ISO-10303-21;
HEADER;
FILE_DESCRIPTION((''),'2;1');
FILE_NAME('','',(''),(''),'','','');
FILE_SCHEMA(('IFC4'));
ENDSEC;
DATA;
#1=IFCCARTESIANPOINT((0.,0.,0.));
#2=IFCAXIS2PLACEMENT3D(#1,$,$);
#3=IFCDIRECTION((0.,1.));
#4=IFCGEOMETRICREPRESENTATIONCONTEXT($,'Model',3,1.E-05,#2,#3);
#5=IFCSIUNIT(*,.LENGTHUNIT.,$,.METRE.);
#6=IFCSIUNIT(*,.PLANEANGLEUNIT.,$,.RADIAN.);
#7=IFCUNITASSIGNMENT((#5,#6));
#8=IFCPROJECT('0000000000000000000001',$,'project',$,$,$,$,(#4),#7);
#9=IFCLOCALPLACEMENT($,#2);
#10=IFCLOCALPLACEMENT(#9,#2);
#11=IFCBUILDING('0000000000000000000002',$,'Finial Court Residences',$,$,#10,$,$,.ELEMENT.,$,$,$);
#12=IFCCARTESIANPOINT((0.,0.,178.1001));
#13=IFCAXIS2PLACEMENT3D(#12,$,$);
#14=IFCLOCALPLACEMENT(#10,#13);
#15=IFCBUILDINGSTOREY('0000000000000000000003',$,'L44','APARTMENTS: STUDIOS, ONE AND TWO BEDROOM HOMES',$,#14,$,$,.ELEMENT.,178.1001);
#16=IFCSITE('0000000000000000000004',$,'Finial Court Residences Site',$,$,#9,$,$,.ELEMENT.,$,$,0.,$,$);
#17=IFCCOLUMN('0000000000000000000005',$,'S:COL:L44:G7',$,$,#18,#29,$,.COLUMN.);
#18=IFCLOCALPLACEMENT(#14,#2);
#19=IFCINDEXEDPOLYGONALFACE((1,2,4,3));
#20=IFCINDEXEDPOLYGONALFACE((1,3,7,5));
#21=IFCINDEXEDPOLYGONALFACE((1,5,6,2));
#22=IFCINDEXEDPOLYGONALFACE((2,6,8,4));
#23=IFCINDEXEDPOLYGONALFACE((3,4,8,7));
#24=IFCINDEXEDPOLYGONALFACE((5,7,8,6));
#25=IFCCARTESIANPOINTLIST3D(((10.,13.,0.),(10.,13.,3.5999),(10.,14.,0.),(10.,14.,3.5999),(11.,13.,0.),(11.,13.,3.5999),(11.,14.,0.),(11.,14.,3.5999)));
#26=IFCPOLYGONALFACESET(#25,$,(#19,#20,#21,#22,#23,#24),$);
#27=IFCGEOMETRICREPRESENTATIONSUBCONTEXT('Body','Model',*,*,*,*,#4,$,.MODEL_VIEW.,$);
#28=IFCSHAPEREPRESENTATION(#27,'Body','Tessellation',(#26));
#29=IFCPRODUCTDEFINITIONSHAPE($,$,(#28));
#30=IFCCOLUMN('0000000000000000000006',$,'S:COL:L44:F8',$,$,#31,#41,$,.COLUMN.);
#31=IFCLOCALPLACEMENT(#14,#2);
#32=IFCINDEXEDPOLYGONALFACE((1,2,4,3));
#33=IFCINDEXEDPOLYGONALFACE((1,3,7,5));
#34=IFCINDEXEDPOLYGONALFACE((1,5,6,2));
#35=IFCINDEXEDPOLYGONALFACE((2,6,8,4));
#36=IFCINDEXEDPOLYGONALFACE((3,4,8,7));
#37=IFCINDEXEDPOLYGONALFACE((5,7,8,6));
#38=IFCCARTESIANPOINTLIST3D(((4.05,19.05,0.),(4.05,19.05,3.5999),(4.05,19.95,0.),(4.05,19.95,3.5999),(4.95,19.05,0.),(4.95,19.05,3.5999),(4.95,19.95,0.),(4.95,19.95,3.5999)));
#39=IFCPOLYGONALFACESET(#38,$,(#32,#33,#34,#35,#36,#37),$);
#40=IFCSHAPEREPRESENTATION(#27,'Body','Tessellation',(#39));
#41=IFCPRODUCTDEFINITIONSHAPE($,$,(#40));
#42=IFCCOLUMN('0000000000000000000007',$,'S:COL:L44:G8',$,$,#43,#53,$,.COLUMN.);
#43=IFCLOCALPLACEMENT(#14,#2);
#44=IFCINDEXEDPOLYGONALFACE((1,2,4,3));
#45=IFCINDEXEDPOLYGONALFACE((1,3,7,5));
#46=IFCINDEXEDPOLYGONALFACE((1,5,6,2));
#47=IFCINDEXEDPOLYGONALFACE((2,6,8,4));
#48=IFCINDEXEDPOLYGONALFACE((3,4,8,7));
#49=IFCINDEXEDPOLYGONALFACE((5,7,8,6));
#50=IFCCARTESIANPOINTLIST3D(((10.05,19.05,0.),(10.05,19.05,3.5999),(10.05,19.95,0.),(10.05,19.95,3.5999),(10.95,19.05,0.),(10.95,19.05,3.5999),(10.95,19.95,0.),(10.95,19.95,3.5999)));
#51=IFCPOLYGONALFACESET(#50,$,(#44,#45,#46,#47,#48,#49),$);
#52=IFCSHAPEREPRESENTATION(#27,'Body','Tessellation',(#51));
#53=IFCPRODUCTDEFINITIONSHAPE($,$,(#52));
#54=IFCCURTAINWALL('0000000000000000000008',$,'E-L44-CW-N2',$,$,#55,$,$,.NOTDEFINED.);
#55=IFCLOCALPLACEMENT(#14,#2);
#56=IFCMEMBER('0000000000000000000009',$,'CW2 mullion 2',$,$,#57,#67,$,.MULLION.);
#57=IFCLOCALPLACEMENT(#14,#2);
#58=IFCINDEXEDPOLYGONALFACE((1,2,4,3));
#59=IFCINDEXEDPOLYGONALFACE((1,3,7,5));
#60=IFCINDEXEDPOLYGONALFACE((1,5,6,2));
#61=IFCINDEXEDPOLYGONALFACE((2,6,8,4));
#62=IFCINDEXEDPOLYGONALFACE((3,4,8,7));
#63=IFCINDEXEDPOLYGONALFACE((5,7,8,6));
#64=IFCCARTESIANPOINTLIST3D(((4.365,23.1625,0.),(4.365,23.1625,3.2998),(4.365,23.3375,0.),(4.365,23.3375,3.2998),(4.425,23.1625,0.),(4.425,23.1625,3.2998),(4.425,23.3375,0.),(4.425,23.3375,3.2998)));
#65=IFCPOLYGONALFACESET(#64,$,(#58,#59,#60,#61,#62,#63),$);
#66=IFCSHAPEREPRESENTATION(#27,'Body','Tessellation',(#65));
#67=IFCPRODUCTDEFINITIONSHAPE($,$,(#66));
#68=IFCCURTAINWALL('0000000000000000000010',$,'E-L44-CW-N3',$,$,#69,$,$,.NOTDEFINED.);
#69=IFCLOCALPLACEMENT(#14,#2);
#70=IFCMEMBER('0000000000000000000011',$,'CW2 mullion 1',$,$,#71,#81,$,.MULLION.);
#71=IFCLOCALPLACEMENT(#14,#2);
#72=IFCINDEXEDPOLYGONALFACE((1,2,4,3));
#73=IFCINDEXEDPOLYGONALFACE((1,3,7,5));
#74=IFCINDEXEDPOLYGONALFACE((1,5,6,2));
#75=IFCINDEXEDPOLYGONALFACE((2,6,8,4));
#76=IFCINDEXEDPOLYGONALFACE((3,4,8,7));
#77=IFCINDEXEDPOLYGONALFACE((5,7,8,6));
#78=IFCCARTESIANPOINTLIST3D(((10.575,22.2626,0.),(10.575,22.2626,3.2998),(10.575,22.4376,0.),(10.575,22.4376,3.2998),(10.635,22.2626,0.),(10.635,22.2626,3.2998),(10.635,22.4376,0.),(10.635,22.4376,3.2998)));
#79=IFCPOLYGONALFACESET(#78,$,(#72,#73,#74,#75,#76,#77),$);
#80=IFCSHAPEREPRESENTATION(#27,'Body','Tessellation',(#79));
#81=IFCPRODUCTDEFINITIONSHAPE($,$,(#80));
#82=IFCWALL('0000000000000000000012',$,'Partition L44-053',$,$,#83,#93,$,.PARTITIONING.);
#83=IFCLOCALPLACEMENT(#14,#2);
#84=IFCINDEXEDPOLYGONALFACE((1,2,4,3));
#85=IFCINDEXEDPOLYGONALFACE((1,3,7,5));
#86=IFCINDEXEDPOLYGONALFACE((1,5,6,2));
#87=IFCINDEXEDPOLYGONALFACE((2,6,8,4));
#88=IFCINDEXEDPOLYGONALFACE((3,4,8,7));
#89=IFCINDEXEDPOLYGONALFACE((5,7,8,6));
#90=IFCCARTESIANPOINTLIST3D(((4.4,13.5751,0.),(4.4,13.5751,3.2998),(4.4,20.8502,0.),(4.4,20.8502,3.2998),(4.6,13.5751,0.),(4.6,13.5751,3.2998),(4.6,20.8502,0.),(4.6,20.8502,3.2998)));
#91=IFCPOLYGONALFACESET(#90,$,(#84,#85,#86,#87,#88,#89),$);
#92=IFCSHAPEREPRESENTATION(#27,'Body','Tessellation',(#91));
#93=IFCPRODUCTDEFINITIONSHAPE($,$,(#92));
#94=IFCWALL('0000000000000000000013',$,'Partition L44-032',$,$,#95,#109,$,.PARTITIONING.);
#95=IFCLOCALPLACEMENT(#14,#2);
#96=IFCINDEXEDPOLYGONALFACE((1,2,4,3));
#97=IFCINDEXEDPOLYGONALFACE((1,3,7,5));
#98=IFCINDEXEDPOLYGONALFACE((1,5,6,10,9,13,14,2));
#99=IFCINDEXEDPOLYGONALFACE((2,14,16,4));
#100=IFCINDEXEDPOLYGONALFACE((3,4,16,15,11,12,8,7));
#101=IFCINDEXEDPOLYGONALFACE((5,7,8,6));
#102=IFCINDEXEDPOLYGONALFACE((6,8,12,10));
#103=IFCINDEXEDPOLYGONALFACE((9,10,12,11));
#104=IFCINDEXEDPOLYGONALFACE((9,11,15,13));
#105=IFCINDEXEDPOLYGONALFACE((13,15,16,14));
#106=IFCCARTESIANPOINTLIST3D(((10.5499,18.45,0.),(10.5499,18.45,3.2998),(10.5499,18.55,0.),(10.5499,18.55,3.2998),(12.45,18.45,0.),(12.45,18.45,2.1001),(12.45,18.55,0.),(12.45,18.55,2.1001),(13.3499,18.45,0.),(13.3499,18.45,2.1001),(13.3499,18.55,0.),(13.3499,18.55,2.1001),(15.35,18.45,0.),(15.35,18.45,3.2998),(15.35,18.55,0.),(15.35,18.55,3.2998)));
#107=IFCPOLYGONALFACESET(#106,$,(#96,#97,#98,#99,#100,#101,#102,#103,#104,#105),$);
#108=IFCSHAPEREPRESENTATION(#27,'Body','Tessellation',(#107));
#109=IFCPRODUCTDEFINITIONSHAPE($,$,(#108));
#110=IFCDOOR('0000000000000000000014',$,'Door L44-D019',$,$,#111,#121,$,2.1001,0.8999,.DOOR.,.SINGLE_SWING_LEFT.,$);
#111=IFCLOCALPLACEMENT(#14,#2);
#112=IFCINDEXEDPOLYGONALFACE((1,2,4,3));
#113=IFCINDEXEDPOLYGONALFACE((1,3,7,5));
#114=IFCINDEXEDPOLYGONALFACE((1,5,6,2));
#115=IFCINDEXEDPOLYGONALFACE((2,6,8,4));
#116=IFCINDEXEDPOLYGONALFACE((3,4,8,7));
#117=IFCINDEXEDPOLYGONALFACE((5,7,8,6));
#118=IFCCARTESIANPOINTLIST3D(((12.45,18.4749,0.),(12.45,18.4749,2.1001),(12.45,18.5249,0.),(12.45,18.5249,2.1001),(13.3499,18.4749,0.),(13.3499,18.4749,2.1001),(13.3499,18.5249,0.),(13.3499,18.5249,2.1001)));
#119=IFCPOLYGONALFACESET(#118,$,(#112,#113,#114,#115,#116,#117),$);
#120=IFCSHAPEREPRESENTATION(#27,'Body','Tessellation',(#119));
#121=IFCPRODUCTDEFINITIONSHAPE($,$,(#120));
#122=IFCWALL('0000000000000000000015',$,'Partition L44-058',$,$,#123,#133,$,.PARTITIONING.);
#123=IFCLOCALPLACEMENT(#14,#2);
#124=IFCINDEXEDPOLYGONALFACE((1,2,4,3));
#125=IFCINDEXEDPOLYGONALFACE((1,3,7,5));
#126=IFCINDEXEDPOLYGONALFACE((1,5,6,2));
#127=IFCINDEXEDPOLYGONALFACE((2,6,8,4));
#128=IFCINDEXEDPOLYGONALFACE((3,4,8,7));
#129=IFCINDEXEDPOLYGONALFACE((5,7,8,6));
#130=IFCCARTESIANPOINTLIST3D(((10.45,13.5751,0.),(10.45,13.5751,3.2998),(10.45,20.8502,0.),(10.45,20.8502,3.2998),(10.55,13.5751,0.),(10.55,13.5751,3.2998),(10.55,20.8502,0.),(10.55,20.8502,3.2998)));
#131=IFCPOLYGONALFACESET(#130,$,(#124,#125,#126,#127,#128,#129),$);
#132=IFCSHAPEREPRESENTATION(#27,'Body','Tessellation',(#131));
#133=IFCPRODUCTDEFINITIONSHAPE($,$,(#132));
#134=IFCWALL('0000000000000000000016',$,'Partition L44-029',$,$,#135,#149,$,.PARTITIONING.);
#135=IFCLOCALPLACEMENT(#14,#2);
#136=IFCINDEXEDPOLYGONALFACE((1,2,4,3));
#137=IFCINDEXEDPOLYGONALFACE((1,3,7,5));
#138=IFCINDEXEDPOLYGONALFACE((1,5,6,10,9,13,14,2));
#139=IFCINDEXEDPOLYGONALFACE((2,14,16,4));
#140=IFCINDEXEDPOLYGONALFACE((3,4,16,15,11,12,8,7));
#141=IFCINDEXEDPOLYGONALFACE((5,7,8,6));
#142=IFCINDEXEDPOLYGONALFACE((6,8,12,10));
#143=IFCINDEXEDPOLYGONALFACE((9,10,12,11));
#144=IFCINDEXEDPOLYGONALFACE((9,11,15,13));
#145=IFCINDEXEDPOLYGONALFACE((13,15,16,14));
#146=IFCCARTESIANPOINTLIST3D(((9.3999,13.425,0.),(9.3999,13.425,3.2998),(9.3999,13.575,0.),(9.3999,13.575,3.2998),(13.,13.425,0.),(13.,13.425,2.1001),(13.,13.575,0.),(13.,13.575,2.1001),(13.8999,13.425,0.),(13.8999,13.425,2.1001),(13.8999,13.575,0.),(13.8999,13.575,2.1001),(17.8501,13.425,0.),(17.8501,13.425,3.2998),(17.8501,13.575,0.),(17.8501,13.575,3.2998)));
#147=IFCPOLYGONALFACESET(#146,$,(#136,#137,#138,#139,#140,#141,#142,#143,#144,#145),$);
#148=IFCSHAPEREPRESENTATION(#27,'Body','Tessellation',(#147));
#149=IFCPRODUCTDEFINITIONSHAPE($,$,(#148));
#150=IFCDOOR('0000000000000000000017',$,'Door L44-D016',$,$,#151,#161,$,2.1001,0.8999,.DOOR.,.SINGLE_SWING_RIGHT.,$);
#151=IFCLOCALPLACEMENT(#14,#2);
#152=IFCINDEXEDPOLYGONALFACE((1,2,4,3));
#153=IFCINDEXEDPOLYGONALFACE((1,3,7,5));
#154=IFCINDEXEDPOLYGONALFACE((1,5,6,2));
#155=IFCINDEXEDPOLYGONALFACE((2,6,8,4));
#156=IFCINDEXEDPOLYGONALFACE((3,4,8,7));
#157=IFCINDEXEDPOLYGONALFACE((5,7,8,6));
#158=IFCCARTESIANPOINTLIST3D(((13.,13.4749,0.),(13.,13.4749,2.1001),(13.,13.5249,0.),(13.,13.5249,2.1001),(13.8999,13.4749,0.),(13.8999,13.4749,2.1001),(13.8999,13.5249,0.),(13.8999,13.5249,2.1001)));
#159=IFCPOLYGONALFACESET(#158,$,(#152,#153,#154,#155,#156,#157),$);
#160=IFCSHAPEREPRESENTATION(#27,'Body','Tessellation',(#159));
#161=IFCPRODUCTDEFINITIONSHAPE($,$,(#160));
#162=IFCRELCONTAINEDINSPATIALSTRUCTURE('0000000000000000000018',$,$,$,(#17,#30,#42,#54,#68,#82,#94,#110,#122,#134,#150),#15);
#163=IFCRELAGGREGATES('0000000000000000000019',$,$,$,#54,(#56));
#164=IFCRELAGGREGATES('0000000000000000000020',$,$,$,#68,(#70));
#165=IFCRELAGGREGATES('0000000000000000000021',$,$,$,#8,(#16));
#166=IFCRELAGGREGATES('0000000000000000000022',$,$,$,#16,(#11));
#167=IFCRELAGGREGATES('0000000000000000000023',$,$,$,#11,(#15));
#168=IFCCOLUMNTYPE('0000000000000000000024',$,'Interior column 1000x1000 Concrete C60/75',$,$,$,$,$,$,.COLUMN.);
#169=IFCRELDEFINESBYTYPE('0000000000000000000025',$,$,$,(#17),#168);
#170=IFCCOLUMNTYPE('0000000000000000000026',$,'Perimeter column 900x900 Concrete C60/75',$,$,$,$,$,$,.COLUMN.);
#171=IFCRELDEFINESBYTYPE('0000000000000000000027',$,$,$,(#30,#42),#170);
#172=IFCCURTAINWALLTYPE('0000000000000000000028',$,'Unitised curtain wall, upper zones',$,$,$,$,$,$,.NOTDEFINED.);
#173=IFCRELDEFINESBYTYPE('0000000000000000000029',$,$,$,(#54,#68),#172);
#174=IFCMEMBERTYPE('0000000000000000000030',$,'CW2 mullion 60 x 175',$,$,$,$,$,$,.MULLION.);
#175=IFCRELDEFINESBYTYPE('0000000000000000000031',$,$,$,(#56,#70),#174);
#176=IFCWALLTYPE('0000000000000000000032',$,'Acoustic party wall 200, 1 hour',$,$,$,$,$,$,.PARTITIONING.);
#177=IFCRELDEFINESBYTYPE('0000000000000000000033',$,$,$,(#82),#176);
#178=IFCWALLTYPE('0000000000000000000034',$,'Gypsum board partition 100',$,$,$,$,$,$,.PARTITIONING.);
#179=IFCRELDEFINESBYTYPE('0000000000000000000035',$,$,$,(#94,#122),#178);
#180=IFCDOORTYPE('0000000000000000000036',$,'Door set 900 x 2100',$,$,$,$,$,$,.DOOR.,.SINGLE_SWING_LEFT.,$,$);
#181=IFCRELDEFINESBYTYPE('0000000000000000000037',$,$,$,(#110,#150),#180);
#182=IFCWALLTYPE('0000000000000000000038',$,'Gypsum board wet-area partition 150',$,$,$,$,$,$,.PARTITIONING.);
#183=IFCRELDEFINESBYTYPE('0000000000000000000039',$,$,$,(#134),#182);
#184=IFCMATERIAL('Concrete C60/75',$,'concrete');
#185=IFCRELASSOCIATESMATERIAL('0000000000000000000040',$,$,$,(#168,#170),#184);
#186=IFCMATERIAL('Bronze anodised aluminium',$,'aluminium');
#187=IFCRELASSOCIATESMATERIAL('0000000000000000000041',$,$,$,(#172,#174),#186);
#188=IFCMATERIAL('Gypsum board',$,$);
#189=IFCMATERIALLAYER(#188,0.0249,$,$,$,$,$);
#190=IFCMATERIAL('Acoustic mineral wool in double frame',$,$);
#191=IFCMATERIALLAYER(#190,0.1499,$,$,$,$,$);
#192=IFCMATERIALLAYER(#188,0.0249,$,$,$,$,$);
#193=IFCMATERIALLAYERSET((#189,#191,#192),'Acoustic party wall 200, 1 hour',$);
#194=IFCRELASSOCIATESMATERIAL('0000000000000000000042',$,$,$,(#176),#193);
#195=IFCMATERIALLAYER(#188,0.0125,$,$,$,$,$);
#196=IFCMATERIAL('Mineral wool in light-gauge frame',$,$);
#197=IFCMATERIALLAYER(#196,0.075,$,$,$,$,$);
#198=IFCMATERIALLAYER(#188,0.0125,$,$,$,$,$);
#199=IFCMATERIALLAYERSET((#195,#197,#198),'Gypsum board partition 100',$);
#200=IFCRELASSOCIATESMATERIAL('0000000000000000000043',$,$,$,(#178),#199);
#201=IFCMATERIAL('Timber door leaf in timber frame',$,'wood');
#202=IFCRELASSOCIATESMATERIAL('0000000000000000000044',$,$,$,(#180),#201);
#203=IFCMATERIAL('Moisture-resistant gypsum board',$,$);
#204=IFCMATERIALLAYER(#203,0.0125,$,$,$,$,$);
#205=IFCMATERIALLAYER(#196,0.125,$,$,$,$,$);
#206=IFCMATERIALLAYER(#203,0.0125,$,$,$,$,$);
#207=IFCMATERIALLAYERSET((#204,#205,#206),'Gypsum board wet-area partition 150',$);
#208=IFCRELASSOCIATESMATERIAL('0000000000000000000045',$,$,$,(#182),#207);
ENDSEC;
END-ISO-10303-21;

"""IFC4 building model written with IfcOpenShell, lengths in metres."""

from ifc_helpers import new_model, si_unit, direction, frame, frame_2d, origin, origin_2d, place, context, subcontext, project, spatial, rectangle, extrude, material, layer, layer_set, material_profile, profile_set, type_object, element, fill, aggregate, save


model = new_model("IFC4")

# Units and contexts
model_context = context("Model", 3, precision=1e-05, world=origin(), true_north=direction((0.0, 1.0)))
body_context = subcontext(model_context, "Body", "Model", "MODEL_VIEW")
ifc_project = project(units=[si_unit("LENGTHUNIT", "METRE"), si_unit("PLANEANGLEUNIT", "RADIAN")], contexts=[model_context])

# Site, building, storey
site_placement = place(None, origin())
site = spatial("IfcSite", under=ifc_project, at=site_placement, Name="Finial Court Residences Site", CompositionType="ELEMENT", RefElevation=0.0)
building_placement = place(site_placement, origin())
building = spatial("IfcBuilding", under=site, at=building_placement, Name="Finial Court Residences", CompositionType="ELEMENT")
storey_placement = place(building_placement, frame((0.0, 0.0, 178.1001)))
storey = spatial("IfcBuildingStorey", under=building, at=storey_placement, Name="L44", Description="APARTMENTS: STUDIOS, ONE AND TWO BEDROOM HOMES", CompositionType="ELEMENT", Elevation=178.1001)

# Columns
ifc_material_1 = material(Name="Concrete C60/75", Category="concrete")
ifc_material_profile_1 = material_profile(ifc_material_1, rectangle(XDim=1.0, YDim=1.0, at=origin_2d()), Name="1000x1000")
ifc_profile_set_1 = profile_set([ifc_material_profile_1], Name="Concrete C60/75")
column_type_1 = type_object("IfcColumnType", Name="Interior column 1000x1000 Concrete C60/75", PredefinedType="COLUMN", material=ifc_profile_set_1)
column_placement = place(storey_placement, frame((10.5, 13.5, 0.0), z_axis=(0.0, 0.0, 1.0), x_axis=(1.0, 0.0, 0.0)))
element("IfcColumn", 1, at=column_placement, inside=storey, type_object=column_type_1, Name="S:COL:L44:G7", PredefinedType="COLUMN", context=body_context, shape_type="SweptSolid", body=[
    extrude(rectangle(XDim=1.0, YDim=1.0, at=origin_2d()), origin(), (0.0, 0.0, 1.0), 3.5999),
])
ifc_material_profile_2 = material_profile(ifc_material_1, rectangle(XDim=0.8999, YDim=0.8999, at=origin_2d()), Name="900x900")
ifc_profile_set_2 = profile_set([ifc_material_profile_2], Name="Concrete C60/75")
column_type_2 = type_object("IfcColumnType", Name="Perimeter column 900x900 Concrete C60/75", PredefinedType="COLUMN", material=ifc_profile_set_2)
for number, where, z_axis, x_axis, name in (
    (2, (4.5, 19.5, 0.0), (0.0, 0.0, 1.0), (1.0, 0.0, 0.0), "S:COL:L44:F8"),
    (3, (10.5, 19.5, 0.0), (0.0, 0.0, 1.0), (1.0, 0.0, 0.0), "S:COL:L44:G8"),
):
    element("IfcColumn", number, at=place(storey_placement, frame(where, z_axis=z_axis, x_axis=x_axis)), inside=storey, type_object=column_type_2, Name=name, PredefinedType="COLUMN", context=body_context, shape_type="SweptSolid", body=[
        extrude(rectangle(XDim=0.8999, YDim=0.8999, at=origin_2d()), origin(), (0.0, 0.0, 1.0), 3.5999),
    ])

# Curtain walls, members
ifc_material_2 = material(Name="Bronze anodised aluminium", Category="aluminium")
curtain_wall_type = type_object("IfcCurtainWallType", Name="Unitised curtain wall, upper zones", PredefinedType="NOTDEFINED", material=ifc_material_2)
curtain_wall_1_placement = place(storey_placement, origin())
curtain_wall_1 = element("IfcCurtainWall", 4, at=curtain_wall_1_placement, inside=storey, type_object=curtain_wall_type, Name="E-L44-CW-N2", PredefinedType="NOTDEFINED")
ifc_material_profile_3 = material_profile(ifc_material_2, rectangle(XDim=0.175, YDim=0.0601, at=origin_2d()), Name="CW2 mullion 60 x 175")
ifc_profile_set_3 = profile_set([ifc_material_profile_3], Name="Bronze anodised aluminium")
member_type = type_object("IfcMemberType", Name="CW2 mullion 60 x 175", PredefinedType="MULLION", material=ifc_profile_set_3)
member_1_placement = place(storey_placement, frame((4.395, 23.25, 0.0), z_axis=(0.0, 0.0, 1.0), x_axis=(0.0, 1.0, 0.0)))
member_1 = element("IfcMember", 5, at=member_1_placement, type_object=member_type, Name="CW2 mullion 2", PredefinedType="MULLION", context=body_context, shape_type="SweptSolid", body=[
    extrude(rectangle(XDim=0.175, YDim=0.0601, at=origin_2d()), origin(), (0.0, 0.0, 1.0), 3.2998),
])
aggregate(curtain_wall_1, [member_1])
curtain_wall_2_placement = place(storey_placement, origin())
curtain_wall_2 = element("IfcCurtainWall", 6, at=curtain_wall_2_placement, inside=storey, type_object=curtain_wall_type, Name="E-L44-CW-N3", PredefinedType="NOTDEFINED")
member_2_placement = place(storey_placement, frame((10.605, 22.3501, 0.0), z_axis=(0.0, 0.0, 1.0), x_axis=(0.0, 1.0, 0.0)))
member_2 = element("IfcMember", 7, at=member_2_placement, type_object=member_type, Name="CW2 mullion 1", PredefinedType="MULLION", context=body_context, shape_type="SweptSolid", body=[
    extrude(rectangle(XDim=0.175, YDim=0.0601, at=origin_2d()), origin(), (0.0, 0.0, 1.0), 3.2998),
])
aggregate(curtain_wall_2, [member_2])

# Wall
ifc_material_3 = material(Name="Gypsum board")
ifc_layer_1 = layer(ifc_material_3, 0.0249)
ifc_material_4 = material(Name="Acoustic mineral wool in double frame")
ifc_layer_2 = layer(ifc_material_4, 0.1499)
ifc_layer_3 = layer(ifc_material_3, 0.0249)
ifc_layer_set_1 = layer_set([ifc_layer_1, ifc_layer_2, ifc_layer_3], Name="Acoustic party wall 200, 1 hour")
wall_type_1 = type_object("IfcWallType", Name="Acoustic party wall 200, 1 hour", PredefinedType="PARTITIONING", material=ifc_layer_set_1)
wall_1_placement = place(storey_placement, frame((4.5, 13.575, 0.0), z_axis=(0.0, 0.0, 1.0), x_axis=(0.0, 1.0, 0.0)))
element("IfcWall", 8, at=wall_1_placement, inside=storey, type_object=wall_type_1, Name="Partition L44-053", PredefinedType="PARTITIONING", context=body_context, shape_type="SweptSolid", body=[
    extrude(rectangle(XDim=7.2751, YDim=0.2, at=frame_2d((3.6377, 0.0))), origin(), (0.0, 0.0, 1.0), 3.2998),
])

# Wall, opening, door
ifc_layer_4 = layer(ifc_material_3, 0.0125)
ifc_material_5 = material(Name="Mineral wool in light-gauge frame")
ifc_layer_5 = layer(ifc_material_5, 0.075)
ifc_layer_6 = layer(ifc_material_3, 0.0125)
ifc_layer_set_2 = layer_set([ifc_layer_4, ifc_layer_5, ifc_layer_6], Name="Gypsum board partition 100")
wall_type_2 = type_object("IfcWallType", Name="Gypsum board partition 100", PredefinedType="PARTITIONING", material=ifc_layer_set_2)
wall_2_placement = place(storey_placement, frame((10.55, 18.5, 0.0), z_axis=(0.0, 0.0, 1.0), x_axis=(1.0, 0.0, 0.0)))
wall_2 = element("IfcWall", 9, at=wall_2_placement, inside=storey, type_object=wall_type_2, Name="Partition L44-032", PredefinedType="PARTITIONING", context=body_context, shape_type="SweptSolid", body=[
    extrude(rectangle(XDim=4.8, YDim=0.1001, at=frame_2d((2.3999, 0.0))), origin(), (0.0, 0.0, 1.0), 3.2998),
])
opening_1_placement = place(wall_2_placement, frame((1.8999, 0.0, 0.0)))
opening_1 = element("IfcOpeningElement", 10, at=opening_1_placement, cuts=wall_2, PredefinedType="OPENING", context=body_context, shape_type="SweptSolid", body=[
    extrude(rectangle(XDim=0.8999, YDim=2.1001, at=frame_2d((0.45, 1.05))), frame((0.0, 0.0601, 0.0), z_axis=(0.0, -1.0, 0.0), x_axis=(1.0, 0.0, 0.0)), (0.0, 0.0, 1.0), 0.1201),
])
ifc_material_6 = material(Name="Timber door leaf in timber frame", Category="wood")
door_type_1 = type_object("IfcDoorType", Name="Door set 900 x 2100", OperationType="SINGLE_SWING_LEFT", PredefinedType="DOOR", material=ifc_material_6)
door_1_placement = place(opening_1_placement, origin())
door_1 = element("IfcDoor", 11, at=door_1_placement, inside=storey, type_object=door_type_1, Name="Door L44-D019", OperationType="SINGLE_SWING_LEFT", OverallHeight=2.1001, OverallWidth=0.8999, PredefinedType="DOOR", context=body_context, shape_type="SweptSolid", body=[
    extrude(rectangle(XDim=0.8999, YDim=2.1001, at=frame_2d((0.45, 1.05))), frame((0.0, 0.0249, 0.0), z_axis=(0.0, -1.0, 0.0), x_axis=(1.0, 0.0, 0.0)), (0.0, 0.0, 1.0), 0.05),
])
fill(opening_1, door_1)

# Wall
wall_3_placement = place(storey_placement, frame((10.5, 13.575, 0.0), z_axis=(0.0, 0.0, 1.0), x_axis=(0.0, 1.0, 0.0)))
element("IfcWall", 12, at=wall_3_placement, inside=storey, type_object=wall_type_2, Name="Partition L44-058", PredefinedType="PARTITIONING", context=body_context, shape_type="SweptSolid", body=[
    extrude(rectangle(XDim=7.2751, YDim=0.1001, at=frame_2d((3.6377, 0.0))), origin(), (0.0, 0.0, 1.0), 3.2998),
])

# Wall, opening, door
ifc_material_7 = material(Name="Moisture-resistant gypsum board")
ifc_layer_7 = layer(ifc_material_7, 0.0125)
ifc_layer_8 = layer(ifc_material_5, 0.125)
ifc_layer_9 = layer(ifc_material_7, 0.0125)
ifc_layer_set_3 = layer_set([ifc_layer_7, ifc_layer_8, ifc_layer_9], Name="Gypsum board wet-area partition 150")
wall_type_3 = type_object("IfcWallType", Name="Gypsum board wet-area partition 150", PredefinedType="PARTITIONING", material=ifc_layer_set_3)
wall_4_placement = place(storey_placement, frame((9.3999, 13.5, 0.0), z_axis=(0.0, 0.0, 1.0), x_axis=(1.0, 0.0, 0.0)))
wall_4 = element("IfcWall", 13, at=wall_4_placement, inside=storey, type_object=wall_type_3, Name="Partition L44-029", PredefinedType="PARTITIONING", context=body_context, shape_type="SweptSolid", body=[
    extrude(rectangle(XDim=8.4502, YDim=0.1499, at=frame_2d((4.2251, 0.0))), origin(), (0.0, 0.0, 1.0), 3.2998),
])
opening_2_placement = place(wall_4_placement, frame((3.6001, 0.0, 0.0)))
opening_2 = element("IfcOpeningElement", 14, at=opening_2_placement, cuts=wall_4, PredefinedType="OPENING", context=body_context, shape_type="SweptSolid", body=[
    extrude(rectangle(XDim=0.8999, YDim=2.1001, at=frame_2d((0.45, 1.05))), frame((0.0, 0.085, 0.0), z_axis=(0.0, -1.0, 0.0), x_axis=(1.0, 0.0, 0.0)), (0.0, 0.0, 1.0), 0.1699),
])
door_2_placement = place(opening_2_placement, origin())
door_2 = element("IfcDoor", 15, at=door_2_placement, inside=storey, type_object=door_type_1, Name="Door L44-D016", OperationType="SINGLE_SWING_RIGHT", OverallHeight=2.1001, OverallWidth=0.8999, PredefinedType="DOOR", context=body_context, shape_type="SweptSolid", body=[
    extrude(rectangle(XDim=0.8999, YDim=2.1001, at=frame_2d((0.45, 1.05))), frame((0.0, 0.0249, 0.0), z_axis=(0.0, -1.0, 0.0), x_axis=(1.0, 0.0, 0.0)), (0.0, 0.0, 1.0), 0.05),
])
fill(opening_2, door_2)

save(model, "model.ifc")
